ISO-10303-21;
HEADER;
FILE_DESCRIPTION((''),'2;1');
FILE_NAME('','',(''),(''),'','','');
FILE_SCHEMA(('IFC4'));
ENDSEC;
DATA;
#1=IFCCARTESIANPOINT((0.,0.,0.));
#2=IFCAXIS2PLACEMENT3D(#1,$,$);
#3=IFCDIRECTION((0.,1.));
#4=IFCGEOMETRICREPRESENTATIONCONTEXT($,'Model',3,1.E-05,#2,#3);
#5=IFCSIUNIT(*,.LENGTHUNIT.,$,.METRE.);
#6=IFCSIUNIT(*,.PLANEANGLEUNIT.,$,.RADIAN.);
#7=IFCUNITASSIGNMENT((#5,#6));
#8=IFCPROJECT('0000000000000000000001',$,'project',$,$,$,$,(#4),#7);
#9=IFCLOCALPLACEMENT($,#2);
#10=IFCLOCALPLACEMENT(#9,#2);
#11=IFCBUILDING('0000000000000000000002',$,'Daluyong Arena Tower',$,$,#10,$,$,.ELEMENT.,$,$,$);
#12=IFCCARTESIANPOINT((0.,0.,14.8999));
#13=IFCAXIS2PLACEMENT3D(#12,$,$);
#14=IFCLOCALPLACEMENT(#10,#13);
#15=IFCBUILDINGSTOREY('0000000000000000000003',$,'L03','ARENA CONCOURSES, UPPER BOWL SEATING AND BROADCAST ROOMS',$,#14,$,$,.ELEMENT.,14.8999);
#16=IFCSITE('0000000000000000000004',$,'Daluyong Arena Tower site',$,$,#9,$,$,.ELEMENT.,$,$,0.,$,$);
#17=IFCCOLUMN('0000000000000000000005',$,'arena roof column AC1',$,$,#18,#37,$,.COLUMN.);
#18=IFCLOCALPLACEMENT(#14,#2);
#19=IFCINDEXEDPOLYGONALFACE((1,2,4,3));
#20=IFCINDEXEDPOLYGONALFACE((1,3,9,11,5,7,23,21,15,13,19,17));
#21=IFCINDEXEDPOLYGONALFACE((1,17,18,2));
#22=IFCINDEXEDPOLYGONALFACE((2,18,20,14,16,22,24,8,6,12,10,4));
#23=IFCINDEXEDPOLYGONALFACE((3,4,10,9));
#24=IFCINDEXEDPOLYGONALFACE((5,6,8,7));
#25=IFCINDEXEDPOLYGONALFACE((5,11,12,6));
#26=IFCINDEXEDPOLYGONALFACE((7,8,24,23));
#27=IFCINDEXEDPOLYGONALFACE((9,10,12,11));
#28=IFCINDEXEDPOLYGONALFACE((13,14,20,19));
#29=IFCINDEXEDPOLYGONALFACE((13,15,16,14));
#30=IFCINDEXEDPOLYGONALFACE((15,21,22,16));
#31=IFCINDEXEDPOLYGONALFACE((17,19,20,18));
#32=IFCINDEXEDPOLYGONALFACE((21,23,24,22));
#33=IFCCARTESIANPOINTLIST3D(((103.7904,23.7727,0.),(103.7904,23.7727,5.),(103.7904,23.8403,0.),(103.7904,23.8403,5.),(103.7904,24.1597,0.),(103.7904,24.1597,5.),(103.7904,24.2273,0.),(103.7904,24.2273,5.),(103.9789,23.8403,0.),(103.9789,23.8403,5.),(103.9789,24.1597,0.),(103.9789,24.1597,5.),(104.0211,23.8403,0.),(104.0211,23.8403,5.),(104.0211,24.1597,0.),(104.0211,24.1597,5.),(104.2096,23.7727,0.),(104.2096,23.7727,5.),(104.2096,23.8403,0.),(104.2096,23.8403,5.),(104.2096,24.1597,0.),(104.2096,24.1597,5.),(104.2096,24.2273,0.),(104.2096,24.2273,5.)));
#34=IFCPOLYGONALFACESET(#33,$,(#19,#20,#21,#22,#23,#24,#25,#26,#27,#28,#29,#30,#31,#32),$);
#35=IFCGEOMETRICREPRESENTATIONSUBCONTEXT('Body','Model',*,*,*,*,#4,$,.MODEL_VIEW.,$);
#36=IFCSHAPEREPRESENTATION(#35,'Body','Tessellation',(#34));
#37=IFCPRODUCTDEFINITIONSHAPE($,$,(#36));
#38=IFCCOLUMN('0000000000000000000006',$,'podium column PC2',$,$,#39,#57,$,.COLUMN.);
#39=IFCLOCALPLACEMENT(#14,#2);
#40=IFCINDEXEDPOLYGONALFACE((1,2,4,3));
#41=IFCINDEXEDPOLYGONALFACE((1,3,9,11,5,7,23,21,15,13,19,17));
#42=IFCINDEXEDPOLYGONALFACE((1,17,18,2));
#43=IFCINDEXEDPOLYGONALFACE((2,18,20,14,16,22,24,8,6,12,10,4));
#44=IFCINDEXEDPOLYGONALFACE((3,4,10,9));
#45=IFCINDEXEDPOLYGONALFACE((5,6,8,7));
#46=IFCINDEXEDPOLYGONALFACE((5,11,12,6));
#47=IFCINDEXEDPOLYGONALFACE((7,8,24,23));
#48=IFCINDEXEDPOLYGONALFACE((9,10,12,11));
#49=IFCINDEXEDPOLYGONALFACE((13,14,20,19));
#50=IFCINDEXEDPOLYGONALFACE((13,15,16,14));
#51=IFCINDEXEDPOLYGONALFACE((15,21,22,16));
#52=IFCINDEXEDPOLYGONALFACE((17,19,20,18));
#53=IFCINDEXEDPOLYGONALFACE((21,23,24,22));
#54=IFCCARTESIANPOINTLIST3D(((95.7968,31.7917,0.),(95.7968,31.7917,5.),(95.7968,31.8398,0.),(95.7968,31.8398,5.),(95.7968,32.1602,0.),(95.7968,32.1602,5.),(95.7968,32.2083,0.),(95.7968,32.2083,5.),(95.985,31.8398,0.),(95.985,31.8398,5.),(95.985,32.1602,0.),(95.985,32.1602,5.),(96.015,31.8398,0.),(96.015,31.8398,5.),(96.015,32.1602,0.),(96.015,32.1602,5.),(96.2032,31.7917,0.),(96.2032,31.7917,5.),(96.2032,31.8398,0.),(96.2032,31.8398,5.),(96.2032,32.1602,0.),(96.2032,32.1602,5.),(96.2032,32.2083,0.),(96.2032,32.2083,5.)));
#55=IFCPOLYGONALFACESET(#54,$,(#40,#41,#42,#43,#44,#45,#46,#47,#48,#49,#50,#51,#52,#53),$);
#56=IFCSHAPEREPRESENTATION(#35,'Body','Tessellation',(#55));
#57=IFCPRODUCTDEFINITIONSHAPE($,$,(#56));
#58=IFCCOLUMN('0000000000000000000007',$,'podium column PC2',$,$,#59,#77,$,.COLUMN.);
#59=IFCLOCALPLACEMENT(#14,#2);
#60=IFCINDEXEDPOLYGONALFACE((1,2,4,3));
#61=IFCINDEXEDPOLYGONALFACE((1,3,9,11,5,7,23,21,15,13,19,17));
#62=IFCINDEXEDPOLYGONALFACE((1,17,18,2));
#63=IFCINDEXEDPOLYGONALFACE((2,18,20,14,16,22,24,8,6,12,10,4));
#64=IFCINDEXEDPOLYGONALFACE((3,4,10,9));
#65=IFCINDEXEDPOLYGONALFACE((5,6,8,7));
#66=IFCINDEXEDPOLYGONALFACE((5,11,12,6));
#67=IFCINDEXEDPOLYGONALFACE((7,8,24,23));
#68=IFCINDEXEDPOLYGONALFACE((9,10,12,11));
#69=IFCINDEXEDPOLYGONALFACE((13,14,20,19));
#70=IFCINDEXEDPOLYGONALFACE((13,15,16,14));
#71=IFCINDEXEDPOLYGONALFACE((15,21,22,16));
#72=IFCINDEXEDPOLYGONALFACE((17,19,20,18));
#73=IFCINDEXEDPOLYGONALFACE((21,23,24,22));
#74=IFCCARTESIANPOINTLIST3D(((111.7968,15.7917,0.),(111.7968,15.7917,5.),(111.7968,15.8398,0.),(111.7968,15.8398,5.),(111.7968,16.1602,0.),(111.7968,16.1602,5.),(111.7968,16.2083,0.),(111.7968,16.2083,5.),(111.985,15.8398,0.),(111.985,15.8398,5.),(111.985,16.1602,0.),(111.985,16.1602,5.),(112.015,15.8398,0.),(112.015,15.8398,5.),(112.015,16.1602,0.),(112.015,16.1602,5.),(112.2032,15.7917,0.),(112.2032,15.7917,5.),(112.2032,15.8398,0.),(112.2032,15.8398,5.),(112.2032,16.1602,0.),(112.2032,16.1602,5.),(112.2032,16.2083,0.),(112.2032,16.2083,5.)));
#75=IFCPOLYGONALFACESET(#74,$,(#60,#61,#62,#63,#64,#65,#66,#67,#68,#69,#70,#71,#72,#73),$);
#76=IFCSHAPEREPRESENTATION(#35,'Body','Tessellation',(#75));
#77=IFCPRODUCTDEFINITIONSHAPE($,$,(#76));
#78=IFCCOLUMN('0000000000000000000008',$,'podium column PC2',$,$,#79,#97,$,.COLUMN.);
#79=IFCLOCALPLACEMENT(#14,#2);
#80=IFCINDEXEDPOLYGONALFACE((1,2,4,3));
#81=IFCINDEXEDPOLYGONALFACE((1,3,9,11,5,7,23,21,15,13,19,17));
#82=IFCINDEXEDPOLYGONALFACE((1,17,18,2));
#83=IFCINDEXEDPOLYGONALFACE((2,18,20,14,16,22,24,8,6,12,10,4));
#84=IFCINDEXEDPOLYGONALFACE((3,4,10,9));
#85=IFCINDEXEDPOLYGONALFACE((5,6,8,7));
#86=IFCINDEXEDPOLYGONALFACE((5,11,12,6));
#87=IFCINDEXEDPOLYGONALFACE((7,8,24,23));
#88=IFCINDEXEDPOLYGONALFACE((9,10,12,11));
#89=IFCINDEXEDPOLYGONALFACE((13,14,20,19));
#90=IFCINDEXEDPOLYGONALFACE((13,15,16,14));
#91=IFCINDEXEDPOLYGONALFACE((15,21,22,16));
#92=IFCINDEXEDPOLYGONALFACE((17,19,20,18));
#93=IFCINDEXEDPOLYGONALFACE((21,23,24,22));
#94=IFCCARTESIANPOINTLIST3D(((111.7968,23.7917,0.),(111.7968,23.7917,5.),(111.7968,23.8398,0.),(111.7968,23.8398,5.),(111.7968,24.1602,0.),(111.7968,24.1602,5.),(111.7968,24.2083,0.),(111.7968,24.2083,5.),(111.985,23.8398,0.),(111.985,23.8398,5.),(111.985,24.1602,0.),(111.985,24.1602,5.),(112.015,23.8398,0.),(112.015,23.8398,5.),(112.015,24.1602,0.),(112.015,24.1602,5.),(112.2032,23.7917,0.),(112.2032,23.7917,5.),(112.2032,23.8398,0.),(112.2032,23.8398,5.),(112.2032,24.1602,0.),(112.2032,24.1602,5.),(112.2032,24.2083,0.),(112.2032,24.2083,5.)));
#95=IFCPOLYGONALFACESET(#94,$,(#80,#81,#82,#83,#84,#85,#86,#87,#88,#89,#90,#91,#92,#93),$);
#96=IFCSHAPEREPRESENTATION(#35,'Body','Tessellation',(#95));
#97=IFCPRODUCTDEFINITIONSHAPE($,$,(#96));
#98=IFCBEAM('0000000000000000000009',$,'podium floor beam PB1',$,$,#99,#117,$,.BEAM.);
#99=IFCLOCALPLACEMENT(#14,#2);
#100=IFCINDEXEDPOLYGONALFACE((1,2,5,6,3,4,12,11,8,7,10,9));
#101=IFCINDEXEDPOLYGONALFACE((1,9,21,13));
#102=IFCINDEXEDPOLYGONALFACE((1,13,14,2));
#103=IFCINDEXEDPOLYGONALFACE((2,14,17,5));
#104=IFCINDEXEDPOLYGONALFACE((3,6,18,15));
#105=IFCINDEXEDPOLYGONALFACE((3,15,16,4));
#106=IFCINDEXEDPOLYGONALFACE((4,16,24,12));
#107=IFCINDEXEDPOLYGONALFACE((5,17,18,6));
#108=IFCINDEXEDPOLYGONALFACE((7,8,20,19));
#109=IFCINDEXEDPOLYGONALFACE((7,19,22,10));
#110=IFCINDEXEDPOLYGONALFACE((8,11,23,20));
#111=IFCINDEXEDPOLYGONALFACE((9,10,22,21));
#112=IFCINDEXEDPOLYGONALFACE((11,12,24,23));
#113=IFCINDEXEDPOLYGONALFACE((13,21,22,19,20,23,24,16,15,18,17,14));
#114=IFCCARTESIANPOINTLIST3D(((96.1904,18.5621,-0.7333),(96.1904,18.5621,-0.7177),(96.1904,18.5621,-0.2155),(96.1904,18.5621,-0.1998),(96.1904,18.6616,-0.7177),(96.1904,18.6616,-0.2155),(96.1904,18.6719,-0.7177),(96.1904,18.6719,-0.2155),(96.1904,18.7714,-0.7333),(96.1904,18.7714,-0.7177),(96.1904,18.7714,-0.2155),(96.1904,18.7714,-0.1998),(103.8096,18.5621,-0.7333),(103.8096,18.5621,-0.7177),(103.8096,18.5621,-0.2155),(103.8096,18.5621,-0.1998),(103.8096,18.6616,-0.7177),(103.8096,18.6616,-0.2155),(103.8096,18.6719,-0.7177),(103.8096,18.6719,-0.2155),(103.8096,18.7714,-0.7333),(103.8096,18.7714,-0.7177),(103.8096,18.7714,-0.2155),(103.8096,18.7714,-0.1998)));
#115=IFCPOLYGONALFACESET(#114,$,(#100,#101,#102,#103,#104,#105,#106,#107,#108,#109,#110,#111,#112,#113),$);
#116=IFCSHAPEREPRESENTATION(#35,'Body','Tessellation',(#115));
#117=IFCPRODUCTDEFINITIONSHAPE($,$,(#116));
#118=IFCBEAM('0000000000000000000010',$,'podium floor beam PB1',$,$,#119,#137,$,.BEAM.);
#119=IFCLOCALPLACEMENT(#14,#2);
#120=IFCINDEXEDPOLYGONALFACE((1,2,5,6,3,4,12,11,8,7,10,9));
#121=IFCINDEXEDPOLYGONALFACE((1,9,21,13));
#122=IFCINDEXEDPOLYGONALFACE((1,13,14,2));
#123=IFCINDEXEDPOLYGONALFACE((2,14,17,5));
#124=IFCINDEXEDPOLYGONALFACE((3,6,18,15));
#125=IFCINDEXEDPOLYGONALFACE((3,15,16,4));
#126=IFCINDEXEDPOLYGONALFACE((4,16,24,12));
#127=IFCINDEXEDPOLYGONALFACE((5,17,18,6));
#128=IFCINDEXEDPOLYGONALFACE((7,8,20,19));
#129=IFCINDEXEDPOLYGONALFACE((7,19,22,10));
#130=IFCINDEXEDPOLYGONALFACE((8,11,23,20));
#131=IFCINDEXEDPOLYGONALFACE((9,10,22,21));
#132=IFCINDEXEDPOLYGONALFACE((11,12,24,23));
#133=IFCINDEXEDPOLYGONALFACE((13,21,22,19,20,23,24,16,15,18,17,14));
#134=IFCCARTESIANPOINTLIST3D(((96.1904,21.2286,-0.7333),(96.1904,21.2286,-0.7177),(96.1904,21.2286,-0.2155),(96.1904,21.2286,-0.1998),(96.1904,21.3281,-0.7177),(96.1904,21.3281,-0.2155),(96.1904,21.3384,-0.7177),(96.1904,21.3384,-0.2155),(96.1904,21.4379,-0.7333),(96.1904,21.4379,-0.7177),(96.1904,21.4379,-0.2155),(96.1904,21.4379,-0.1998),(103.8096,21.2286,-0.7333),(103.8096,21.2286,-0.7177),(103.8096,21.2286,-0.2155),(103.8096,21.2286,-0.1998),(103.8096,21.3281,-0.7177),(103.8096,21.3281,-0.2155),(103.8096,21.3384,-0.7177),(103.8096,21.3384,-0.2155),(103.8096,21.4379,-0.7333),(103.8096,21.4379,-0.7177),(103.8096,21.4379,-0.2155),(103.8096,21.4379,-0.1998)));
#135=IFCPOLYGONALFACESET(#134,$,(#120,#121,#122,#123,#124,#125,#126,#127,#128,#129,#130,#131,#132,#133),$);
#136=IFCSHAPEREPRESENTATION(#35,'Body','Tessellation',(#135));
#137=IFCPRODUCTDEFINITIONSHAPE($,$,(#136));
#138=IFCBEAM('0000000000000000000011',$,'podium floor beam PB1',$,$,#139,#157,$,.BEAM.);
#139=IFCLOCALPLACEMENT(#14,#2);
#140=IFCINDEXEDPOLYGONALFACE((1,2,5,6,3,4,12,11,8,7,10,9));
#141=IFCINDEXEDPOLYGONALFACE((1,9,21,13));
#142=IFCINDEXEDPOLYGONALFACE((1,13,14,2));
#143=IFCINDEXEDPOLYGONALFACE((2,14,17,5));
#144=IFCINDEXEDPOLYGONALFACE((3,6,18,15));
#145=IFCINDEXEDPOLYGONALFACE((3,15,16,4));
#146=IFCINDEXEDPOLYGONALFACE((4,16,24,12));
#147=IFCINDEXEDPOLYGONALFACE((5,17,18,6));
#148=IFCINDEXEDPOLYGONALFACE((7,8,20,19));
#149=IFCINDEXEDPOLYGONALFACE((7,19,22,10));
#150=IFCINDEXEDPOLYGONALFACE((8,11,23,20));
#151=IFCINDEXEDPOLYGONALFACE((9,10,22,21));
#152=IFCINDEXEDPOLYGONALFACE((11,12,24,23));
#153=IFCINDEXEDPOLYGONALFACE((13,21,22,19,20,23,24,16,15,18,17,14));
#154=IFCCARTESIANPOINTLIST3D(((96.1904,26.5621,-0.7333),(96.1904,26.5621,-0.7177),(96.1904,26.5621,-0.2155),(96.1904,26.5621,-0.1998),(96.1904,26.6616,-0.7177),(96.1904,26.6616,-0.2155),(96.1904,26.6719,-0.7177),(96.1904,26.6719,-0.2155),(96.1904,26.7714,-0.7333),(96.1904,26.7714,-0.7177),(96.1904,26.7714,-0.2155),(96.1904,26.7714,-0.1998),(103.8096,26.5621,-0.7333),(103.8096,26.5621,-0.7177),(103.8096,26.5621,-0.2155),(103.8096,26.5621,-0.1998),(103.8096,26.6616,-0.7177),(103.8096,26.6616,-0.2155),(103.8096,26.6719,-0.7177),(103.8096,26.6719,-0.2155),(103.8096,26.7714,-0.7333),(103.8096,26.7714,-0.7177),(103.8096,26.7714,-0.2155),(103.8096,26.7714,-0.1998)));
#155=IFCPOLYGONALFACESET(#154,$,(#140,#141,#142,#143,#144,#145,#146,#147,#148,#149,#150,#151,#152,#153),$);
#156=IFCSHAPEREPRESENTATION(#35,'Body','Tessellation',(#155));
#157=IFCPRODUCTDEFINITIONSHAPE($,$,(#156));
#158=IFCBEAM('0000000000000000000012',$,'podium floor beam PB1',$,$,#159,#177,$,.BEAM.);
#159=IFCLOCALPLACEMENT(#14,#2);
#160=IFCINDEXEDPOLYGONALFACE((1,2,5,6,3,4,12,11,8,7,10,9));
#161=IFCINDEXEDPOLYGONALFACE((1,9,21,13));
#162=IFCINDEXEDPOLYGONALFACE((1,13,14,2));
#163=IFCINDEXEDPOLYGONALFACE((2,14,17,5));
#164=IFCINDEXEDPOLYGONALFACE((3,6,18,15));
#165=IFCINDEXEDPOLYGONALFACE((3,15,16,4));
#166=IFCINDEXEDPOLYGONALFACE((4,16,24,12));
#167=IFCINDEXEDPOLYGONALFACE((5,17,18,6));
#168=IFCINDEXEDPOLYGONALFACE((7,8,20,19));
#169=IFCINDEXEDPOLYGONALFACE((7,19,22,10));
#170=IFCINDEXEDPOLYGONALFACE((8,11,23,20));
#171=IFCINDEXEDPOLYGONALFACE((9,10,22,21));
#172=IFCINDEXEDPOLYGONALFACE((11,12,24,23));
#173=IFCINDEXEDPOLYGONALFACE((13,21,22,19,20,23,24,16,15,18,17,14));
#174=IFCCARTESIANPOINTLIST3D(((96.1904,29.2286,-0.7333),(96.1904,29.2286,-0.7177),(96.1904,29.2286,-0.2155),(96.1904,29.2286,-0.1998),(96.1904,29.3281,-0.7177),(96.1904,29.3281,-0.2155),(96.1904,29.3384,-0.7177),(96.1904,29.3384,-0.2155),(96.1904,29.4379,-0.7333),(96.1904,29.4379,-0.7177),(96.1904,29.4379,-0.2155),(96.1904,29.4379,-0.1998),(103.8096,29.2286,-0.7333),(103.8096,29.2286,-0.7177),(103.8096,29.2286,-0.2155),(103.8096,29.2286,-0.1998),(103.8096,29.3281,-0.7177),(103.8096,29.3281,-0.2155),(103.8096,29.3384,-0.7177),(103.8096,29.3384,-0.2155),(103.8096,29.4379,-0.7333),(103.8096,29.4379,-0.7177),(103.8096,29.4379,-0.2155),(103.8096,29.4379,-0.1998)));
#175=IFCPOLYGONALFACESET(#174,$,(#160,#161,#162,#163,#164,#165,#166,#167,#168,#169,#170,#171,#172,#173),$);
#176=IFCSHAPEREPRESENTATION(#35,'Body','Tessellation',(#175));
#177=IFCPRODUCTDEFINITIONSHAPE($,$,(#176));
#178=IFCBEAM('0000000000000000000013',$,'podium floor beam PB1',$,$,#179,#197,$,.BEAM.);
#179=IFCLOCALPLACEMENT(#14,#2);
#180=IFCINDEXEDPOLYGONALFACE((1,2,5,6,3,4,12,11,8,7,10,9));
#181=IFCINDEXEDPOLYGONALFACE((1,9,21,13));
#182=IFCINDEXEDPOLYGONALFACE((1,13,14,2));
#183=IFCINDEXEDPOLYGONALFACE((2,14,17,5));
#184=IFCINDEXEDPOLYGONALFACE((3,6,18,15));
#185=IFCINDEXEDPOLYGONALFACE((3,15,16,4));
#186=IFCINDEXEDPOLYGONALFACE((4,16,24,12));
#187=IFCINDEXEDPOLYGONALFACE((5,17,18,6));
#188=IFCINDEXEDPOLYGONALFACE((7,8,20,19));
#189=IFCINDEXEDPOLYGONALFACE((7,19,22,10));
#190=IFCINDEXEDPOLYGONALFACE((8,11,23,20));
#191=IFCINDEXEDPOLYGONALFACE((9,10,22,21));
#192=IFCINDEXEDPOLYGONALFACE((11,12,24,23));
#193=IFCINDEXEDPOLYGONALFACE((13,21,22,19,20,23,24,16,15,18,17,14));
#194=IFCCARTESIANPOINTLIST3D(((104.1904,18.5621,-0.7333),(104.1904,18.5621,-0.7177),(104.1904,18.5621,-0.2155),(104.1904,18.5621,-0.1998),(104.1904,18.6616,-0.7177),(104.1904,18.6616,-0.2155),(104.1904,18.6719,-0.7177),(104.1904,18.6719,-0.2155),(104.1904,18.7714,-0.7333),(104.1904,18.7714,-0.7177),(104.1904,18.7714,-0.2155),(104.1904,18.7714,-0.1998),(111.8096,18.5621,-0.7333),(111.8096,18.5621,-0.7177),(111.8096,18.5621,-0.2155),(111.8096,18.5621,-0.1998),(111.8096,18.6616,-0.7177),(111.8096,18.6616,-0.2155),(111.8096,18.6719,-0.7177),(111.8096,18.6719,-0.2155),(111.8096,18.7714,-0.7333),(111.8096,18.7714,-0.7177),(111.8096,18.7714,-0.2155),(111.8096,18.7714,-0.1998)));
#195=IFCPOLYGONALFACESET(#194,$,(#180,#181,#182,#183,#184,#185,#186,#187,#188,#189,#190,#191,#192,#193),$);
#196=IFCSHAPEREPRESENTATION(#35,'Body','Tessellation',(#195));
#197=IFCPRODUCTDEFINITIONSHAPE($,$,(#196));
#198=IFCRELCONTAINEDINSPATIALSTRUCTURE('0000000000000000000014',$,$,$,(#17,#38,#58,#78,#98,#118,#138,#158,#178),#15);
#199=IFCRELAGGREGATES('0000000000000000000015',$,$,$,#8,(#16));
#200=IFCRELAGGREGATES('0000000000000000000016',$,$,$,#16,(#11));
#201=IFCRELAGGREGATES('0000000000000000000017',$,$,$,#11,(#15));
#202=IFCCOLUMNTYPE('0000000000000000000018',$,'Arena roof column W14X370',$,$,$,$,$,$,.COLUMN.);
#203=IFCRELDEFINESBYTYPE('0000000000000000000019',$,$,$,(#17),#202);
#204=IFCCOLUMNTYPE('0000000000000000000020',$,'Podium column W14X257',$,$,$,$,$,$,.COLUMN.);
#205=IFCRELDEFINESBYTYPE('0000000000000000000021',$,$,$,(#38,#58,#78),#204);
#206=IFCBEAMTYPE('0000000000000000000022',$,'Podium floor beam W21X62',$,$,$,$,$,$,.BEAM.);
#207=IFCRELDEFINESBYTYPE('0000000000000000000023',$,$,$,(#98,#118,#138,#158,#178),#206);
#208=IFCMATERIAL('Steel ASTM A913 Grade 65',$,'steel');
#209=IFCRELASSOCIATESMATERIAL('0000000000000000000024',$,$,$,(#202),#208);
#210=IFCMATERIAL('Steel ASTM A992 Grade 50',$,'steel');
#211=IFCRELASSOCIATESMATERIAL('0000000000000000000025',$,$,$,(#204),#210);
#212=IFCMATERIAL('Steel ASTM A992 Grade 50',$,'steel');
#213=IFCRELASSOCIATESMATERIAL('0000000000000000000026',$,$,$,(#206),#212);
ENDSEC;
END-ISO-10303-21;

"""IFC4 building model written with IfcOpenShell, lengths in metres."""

from ifc_helpers import new_model, si_unit, direction, frame, origin, origin_2d, place, context, subcontext, project, spatial, i_section, extrude, material, material_profile, profile_set, type_object, element, save


model = new_model("IFC4")

# Units and contexts
model_context = context("Model", 3, precision=1e-05, world=origin(), true_north=direction((0.0, 1.0)))
body_context = subcontext(model_context, "Body", "Model", "MODEL_VIEW")
ifc_project = project(units=[si_unit("LENGTHUNIT", "METRE"), si_unit("PLANEANGLEUNIT", "RADIAN")], contexts=[model_context])

# Site, building, storey
site_placement = place(None, origin())
site = spatial("IfcSite", under=ifc_project, at=site_placement, Name="Daluyong Arena Tower site", CompositionType="ELEMENT", RefElevation=0.0)
building_placement = place(site_placement, origin())
building = spatial("IfcBuilding", under=site, at=building_placement, Name="Daluyong Arena Tower", CompositionType="ELEMENT")
storey_placement = place(building_placement, frame((0.0, 0.0, 14.8999)))
storey = spatial("IfcBuildingStorey", under=building, at=storey_placement, Name="L03", Description="ARENA CONCOURSES, UPPER BOWL SEATING AND BROADCAST ROOMS", CompositionType="ELEMENT", Elevation=14.8999)

# Columns
ifc_material_1 = material(Name="Steel ASTM A913 Grade 65", Category="steel")
ifc_material_profile_1 = material_profile(ifc_material_1, i_section(OverallWidth=0.4192, OverallDepth=0.4546, WebThickness=0.0422, FlangeThickness=0.0676, at=origin_2d()))
ifc_profile_set_1 = profile_set([ifc_material_profile_1], Name="Steel ASTM A913 Grade 65")
column_type_1 = type_object("IfcColumnType", Name="Arena roof column W14X370", PredefinedType="COLUMN", material=ifc_profile_set_1)
column_placement = place(storey_placement, frame((104.0, 24.0, 0.0), z_axis=(0.0, 0.0, 1.0), x_axis=(1.0, 0.0, 0.0)))
element("IfcColumn", 1, at=column_placement, inside=storey, type_object=column_type_1, Name="arena roof column AC1", PredefinedType="COLUMN", context=body_context, shape_type="SweptSolid", body=[
    extrude(i_section(OverallWidth=0.4192, OverallDepth=0.4546, WebThickness=0.0422, FlangeThickness=0.0676, at=origin_2d()), origin(), (0.0, 0.0, 1.0), 5.0),
])
ifc_material_2 = material(Name="Steel ASTM A992 Grade 50", Category="steel")
ifc_material_profile_2 = material_profile(ifc_material_2, i_section(OverallWidth=0.4065, OverallDepth=0.4165, WebThickness=0.03, FlangeThickness=0.0481, at=origin_2d()))
ifc_profile_set_2 = profile_set([ifc_material_profile_2], Name="Steel ASTM A992 Grade 50")
column_type_2 = type_object("IfcColumnType", Name="Podium column W14X257", PredefinedType="COLUMN", material=ifc_profile_set_2)
for number, where, z_axis, x_axis, name in (
    (2, (96.0, 32.0, 0.0), (0.0, 0.0, 1.0), (1.0, 0.0, 0.0), "podium column PC2"),
    (3, (112.0, 16.0, 0.0), (0.0, 0.0, 1.0), (1.0, 0.0, 0.0), "podium column PC2"),
    (4, (112.0, 24.0, 0.0), (0.0, 0.0, 1.0), (1.0, 0.0, 0.0), "podium column PC2"),
):
    element("IfcColumn", number, at=place(storey_placement, frame(where, z_axis=z_axis, x_axis=x_axis)), inside=storey, type_object=column_type_2, Name=name, PredefinedType="COLUMN", context=body_context, shape_type="SweptSolid", body=[
        extrude(i_section(OverallWidth=0.4065, OverallDepth=0.4165, WebThickness=0.03, FlangeThickness=0.0481, at=origin_2d()), origin(), (0.0, 0.0, 1.0), 5.0),
    ])

# Beams
ifc_material_3 = material(Name="Steel ASTM A992 Grade 50", Category="steel")
ifc_material_profile_3 = material_profile(ifc_material_3, i_section(OverallWidth=0.2092, OverallDepth=0.5334, WebThickness=0.0103, FlangeThickness=0.0156, at=origin_2d()))
ifc_profile_set_3 = profile_set([ifc_material_profile_3], Name="Steel ASTM A992 Grade 50")
beam_type_1 = type_object("IfcBeamType", Name="Podium floor beam W21X62", PredefinedType="BEAM", material=ifc_profile_set_3)
for number, where, z_axis, x_axis, name in (
    (5, (96.1904, 18.6667, -0.4666), (1.0, 0.0, 0.0), (0.0, 1.0, 0.0), "podium floor beam PB1"),
    (6, (96.1904, 21.3333, -0.4666), (1.0, 0.0, 0.0), (0.0, 1.0, 0.0), "podium floor beam PB1"),
    (7, (96.1904, 26.6667, -0.4666), (1.0, 0.0, 0.0), (0.0, 1.0, 0.0), "podium floor beam PB1"),
    (8, (96.1904, 29.3333, -0.4666), (1.0, 0.0, 0.0), (0.0, 1.0, 0.0), "podium floor beam PB1"),
    (9, (104.1904, 18.6667, -0.4666), (1.0, 0.0, 0.0), (0.0, 1.0, 0.0), "podium floor beam PB1"),
):
    element("IfcBeam", number, at=place(storey_placement, frame(where, z_axis=z_axis, x_axis=x_axis)), inside=storey, type_object=beam_type_1, Name=name, PredefinedType="BEAM", context=body_context, shape_type="SweptSolid", body=[
        extrude(i_section(OverallWidth=0.2092, OverallDepth=0.5334, WebThickness=0.0103, FlangeThickness=0.0156, at=origin_2d()), origin(), (0.0, 0.0, 1.0), 7.6191),
    ])

save(model, "model.ifc")
